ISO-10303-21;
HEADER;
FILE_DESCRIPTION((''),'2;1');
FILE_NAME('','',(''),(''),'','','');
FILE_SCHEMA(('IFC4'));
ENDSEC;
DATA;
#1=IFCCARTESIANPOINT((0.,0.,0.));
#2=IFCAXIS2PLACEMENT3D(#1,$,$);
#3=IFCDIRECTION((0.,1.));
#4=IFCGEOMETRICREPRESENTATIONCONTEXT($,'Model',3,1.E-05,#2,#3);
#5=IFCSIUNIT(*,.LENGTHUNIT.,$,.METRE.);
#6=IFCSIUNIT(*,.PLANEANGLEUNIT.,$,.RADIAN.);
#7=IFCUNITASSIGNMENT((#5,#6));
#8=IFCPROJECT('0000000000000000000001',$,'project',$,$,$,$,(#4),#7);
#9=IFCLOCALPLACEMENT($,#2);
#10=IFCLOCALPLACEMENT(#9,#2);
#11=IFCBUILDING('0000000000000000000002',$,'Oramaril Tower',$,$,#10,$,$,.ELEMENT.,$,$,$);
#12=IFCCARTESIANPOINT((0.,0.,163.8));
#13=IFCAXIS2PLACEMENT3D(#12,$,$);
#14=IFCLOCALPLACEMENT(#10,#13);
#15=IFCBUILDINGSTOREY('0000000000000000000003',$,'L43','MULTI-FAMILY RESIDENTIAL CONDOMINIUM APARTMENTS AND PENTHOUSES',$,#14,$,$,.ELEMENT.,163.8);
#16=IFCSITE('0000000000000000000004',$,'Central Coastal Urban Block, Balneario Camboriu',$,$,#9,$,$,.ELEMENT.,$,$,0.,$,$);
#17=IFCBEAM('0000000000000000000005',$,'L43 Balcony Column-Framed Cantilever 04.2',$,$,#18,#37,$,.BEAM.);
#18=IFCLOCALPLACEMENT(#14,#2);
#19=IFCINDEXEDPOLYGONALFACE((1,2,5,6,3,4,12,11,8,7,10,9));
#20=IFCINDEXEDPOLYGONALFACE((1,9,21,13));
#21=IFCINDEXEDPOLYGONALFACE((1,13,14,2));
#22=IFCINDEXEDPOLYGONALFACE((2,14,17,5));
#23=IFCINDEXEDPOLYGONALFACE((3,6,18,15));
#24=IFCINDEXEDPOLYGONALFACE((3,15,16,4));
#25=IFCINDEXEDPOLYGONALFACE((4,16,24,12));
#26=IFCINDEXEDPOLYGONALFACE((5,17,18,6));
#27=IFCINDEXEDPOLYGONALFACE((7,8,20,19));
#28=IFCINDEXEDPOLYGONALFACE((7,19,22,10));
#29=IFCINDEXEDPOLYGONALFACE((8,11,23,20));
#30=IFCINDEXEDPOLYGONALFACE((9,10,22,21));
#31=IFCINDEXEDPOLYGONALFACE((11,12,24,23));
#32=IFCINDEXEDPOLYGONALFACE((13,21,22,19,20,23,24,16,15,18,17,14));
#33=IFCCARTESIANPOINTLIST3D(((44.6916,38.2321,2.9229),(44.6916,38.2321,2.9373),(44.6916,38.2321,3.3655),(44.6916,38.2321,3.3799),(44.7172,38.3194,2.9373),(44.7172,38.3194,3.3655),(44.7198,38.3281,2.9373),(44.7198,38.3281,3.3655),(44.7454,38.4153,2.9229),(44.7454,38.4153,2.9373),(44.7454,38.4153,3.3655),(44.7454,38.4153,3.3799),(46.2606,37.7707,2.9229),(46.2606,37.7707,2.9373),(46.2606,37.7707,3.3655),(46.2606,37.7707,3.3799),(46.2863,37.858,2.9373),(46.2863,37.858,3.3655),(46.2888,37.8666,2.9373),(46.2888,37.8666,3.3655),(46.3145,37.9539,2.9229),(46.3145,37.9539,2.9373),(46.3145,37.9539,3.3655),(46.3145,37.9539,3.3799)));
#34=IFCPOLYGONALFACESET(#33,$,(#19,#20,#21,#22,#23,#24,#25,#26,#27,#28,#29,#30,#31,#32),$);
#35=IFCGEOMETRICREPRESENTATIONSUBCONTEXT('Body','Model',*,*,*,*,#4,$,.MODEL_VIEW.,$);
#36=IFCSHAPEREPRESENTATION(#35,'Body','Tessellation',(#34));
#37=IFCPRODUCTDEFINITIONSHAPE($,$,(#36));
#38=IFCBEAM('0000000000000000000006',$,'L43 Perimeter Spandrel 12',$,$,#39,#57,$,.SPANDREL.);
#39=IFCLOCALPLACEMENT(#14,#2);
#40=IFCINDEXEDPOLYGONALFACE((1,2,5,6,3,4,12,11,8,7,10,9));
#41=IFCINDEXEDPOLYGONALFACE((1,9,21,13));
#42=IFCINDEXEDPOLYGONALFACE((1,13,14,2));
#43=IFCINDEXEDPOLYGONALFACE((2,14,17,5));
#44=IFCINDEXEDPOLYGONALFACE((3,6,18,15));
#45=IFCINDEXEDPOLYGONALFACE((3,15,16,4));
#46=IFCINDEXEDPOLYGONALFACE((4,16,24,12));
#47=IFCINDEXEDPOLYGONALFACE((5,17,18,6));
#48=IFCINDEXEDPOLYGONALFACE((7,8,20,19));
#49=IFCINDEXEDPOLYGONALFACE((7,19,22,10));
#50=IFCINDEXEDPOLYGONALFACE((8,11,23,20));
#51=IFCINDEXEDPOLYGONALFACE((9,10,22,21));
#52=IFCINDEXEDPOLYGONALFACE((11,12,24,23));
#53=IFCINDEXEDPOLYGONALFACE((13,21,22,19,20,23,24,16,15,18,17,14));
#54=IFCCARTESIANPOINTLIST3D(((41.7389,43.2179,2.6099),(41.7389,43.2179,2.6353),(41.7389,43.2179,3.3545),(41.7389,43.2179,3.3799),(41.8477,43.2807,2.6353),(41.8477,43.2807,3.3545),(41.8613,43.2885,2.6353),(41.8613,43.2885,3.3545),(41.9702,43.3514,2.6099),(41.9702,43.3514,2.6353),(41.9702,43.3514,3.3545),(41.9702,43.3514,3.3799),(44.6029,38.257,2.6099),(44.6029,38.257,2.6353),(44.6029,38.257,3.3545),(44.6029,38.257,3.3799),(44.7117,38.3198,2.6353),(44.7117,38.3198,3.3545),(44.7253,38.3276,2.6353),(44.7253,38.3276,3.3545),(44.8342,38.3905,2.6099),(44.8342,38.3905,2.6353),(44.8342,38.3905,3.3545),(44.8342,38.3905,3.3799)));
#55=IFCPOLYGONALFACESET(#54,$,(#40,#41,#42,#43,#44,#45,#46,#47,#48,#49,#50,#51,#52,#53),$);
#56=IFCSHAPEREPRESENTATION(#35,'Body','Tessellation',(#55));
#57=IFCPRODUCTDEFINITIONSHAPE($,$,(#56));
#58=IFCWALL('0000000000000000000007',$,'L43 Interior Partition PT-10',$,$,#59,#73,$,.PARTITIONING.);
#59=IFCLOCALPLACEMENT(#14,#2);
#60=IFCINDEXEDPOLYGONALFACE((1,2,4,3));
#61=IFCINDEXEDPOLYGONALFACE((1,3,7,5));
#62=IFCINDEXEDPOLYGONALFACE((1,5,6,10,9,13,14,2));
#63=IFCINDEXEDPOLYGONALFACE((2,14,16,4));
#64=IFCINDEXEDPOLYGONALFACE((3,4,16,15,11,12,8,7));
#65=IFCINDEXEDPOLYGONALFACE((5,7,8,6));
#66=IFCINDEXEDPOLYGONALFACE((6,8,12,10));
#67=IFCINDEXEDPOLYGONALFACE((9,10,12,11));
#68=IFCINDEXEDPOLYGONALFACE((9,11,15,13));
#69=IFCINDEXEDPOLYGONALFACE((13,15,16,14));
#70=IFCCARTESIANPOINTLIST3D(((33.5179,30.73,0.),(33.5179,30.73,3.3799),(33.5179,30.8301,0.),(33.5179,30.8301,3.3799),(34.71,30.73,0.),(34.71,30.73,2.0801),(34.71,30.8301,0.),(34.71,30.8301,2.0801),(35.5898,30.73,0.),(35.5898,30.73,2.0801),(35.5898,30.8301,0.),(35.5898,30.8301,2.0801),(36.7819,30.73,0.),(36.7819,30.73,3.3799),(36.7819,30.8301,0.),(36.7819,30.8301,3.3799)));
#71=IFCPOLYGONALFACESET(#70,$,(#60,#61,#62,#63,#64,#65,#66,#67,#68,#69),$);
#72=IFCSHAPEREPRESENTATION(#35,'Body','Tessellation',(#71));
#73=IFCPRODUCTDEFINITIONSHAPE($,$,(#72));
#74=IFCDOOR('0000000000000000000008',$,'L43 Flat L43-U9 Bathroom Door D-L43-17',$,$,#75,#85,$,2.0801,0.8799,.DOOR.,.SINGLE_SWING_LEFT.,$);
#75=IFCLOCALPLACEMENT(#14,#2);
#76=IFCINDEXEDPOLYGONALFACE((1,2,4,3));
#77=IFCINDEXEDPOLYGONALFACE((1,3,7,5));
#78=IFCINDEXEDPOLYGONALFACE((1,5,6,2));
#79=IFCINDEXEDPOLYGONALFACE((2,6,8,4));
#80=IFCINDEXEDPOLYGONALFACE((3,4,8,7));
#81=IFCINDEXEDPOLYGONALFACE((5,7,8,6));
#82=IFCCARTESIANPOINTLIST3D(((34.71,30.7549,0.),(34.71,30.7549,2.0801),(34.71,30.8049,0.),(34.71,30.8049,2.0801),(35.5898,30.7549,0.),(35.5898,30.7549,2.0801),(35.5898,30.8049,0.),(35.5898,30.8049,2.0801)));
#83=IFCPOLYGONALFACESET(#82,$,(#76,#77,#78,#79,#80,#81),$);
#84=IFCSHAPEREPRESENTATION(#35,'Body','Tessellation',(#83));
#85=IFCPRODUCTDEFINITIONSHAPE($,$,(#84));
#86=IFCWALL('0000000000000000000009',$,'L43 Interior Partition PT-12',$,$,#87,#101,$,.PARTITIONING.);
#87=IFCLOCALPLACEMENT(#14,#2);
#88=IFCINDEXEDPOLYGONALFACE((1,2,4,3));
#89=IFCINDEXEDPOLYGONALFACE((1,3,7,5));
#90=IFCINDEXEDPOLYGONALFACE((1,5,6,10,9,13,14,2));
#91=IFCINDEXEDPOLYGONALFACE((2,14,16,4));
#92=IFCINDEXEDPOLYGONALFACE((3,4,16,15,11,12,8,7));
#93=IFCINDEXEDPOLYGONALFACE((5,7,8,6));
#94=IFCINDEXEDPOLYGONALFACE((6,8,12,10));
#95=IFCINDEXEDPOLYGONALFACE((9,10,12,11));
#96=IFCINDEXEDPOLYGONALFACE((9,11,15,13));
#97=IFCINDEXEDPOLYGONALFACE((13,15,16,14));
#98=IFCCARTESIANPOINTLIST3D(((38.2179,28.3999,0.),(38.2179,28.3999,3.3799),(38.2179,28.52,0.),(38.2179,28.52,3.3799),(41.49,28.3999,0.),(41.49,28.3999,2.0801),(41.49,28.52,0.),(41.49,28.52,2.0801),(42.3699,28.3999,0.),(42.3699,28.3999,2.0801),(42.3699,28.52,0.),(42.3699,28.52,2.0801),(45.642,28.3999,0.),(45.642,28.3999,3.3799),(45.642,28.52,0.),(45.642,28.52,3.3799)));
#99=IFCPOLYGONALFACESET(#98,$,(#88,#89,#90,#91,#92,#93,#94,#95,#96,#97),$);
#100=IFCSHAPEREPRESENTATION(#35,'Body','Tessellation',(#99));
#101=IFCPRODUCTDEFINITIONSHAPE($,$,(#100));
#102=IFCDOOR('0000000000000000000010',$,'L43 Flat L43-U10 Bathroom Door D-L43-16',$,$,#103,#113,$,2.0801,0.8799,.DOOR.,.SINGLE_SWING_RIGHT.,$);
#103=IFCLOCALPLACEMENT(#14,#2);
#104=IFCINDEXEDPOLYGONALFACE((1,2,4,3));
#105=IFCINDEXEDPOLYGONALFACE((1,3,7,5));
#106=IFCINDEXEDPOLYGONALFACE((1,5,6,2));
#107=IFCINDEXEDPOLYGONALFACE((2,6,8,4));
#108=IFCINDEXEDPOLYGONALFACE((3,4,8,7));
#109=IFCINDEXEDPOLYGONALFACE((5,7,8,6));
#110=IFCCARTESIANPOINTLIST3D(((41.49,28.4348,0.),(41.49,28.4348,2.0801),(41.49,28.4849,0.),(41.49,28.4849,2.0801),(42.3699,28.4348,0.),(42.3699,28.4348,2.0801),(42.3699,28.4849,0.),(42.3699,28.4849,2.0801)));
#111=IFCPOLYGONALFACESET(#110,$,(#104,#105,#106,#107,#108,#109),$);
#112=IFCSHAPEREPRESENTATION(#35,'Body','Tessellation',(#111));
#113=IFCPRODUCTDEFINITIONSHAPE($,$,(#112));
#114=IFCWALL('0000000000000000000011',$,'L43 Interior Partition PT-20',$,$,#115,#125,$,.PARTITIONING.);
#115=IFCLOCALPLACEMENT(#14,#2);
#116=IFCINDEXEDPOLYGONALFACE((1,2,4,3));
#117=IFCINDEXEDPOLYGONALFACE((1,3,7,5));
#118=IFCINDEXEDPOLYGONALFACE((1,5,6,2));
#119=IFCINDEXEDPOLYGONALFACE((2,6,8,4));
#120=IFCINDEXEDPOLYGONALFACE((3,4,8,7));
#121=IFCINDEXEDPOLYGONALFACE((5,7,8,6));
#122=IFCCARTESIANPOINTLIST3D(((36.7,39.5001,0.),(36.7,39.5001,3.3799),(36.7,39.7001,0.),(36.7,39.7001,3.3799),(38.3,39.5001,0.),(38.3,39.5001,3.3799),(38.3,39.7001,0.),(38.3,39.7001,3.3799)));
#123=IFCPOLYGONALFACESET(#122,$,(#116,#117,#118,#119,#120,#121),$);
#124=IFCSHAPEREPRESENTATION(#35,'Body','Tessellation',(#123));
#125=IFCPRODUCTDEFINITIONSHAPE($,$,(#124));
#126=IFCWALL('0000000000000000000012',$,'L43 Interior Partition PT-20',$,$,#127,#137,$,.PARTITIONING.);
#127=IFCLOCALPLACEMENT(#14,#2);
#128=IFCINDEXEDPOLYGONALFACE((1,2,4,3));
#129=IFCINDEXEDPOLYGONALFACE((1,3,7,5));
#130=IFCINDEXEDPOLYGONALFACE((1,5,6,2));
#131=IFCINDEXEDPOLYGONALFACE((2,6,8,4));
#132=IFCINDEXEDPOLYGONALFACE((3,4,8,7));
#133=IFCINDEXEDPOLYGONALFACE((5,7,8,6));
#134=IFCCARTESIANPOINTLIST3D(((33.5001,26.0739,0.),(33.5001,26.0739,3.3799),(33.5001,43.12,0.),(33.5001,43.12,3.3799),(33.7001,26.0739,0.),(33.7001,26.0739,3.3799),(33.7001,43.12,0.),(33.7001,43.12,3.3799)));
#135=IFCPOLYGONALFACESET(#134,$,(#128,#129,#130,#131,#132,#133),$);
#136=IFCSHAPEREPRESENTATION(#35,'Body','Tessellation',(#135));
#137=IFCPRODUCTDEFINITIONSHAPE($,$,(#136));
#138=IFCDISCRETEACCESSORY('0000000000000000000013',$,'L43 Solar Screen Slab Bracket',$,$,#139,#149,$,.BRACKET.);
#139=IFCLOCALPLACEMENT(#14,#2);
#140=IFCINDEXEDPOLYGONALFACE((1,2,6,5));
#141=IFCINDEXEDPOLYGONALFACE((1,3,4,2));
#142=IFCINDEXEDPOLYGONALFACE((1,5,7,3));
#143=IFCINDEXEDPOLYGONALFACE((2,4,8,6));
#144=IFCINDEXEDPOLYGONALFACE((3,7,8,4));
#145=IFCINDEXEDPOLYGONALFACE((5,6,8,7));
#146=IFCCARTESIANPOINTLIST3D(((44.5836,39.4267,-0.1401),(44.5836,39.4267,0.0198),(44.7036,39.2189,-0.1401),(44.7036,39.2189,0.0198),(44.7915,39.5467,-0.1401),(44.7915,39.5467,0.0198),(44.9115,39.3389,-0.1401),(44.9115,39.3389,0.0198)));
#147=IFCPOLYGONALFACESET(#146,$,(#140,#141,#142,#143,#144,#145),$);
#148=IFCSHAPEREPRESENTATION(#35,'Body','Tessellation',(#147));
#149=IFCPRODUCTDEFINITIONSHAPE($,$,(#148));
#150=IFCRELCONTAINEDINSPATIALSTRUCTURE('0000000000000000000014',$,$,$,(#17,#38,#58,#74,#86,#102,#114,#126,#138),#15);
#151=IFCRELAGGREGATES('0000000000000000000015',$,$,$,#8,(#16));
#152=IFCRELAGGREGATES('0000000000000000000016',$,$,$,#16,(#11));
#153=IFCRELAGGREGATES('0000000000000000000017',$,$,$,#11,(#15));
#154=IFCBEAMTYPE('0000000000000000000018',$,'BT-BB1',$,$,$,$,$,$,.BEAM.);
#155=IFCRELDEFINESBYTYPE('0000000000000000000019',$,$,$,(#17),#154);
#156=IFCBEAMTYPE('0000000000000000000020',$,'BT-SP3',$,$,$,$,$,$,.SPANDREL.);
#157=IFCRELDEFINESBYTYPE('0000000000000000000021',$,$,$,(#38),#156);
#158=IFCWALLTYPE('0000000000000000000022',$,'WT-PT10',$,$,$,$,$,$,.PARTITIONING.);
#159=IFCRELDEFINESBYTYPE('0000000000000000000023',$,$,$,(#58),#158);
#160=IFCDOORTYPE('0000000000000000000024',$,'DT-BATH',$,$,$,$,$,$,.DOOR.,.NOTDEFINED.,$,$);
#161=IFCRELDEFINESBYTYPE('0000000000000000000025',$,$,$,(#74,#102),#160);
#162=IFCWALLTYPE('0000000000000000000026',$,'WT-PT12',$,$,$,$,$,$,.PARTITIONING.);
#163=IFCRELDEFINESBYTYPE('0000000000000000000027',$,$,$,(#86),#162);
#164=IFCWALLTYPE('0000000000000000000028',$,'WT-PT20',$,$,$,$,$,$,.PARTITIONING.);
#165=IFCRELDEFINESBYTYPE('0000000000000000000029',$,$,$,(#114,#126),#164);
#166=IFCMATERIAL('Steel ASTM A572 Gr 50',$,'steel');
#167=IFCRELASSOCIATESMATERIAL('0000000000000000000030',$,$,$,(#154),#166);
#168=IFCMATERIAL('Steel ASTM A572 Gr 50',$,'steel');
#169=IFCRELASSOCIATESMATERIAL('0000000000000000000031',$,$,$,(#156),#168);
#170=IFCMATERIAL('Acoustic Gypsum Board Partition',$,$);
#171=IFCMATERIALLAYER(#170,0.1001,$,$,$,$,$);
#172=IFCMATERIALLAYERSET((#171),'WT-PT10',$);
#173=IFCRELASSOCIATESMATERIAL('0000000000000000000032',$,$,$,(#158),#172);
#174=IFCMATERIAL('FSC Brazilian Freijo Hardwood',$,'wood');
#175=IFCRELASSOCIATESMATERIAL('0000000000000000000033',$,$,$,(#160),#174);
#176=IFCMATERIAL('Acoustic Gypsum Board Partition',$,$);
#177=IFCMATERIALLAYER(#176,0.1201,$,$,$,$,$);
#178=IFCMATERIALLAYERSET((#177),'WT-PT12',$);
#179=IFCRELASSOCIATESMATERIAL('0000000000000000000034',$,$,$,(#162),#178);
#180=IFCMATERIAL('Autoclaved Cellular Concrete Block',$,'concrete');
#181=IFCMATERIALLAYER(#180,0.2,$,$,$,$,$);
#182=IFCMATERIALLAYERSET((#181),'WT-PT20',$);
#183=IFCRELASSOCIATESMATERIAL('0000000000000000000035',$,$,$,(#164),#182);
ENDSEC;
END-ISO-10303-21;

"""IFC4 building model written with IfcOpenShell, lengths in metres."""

from ifc_helpers import new_model, si_unit, direction, frame, frame_2d, origin, origin_2d, place, context, subcontext, project, spatial, rectangle, i_section, extrude, material, layer, layer_set, material_profile, profile_set, type_object, element, fill, save


model = new_model("IFC4")

# Units and contexts
model_context = context("Model", 3, precision=1e-05, world=origin(), true_north=direction((0.0, 1.0)))
body_context = subcontext(model_context, "Body", "Model", "MODEL_VIEW")
ifc_project = project(units=[si_unit("LENGTHUNIT", "METRE"), si_unit("PLANEANGLEUNIT", "RADIAN")], contexts=[model_context])

# Site, building, storey
site_placement = place(None, origin())
site = spatial("IfcSite", under=ifc_project, at=site_placement, Name="Central Coastal Urban Block, Balneario Camboriu", CompositionType="ELEMENT", RefElevation=0.0)
building_placement = place(site_placement, origin())
building = spatial("IfcBuilding", under=site, at=building_placement, Name="Oramaril Tower", CompositionType="ELEMENT")
storey_placement = place(building_placement, frame((0.0, 0.0, 163.8)))
storey = spatial("IfcBuildingStorey", under=building, at=storey_placement, Name="L43", Description="MULTI-FAMILY RESIDENTIAL CONDOMINIUM APARTMENTS AND PENTHOUSES", CompositionType="ELEMENT", Elevation=163.8)

# Beams
ifc_material_1 = material(Name="Steel ASTM A572 Gr 50", Category="steel")
ifc_material_profile_1 = material_profile(ifc_material_1, i_section(OverallWidth=0.1909, OverallDepth=0.457, WebThickness=0.009, FlangeThickness=0.0144, at=origin_2d()), Name="W18X50")
ifc_profile_set_1 = profile_set([ifc_material_profile_1], Name="Steel ASTM A572 Gr 50")
beam_type_1 = type_object("IfcBeamType", Name="BT-BB1", PredefinedType="BEAM", material=ifc_profile_set_1)
beam_1_placement = place(storey_placement, frame((44.7185, 38.3237, 3.1514), z_axis=(0.959377, -0.282126, 0.0), x_axis=(0.282126, 0.959377, 0.0)))
element("IfcBeam", 1, at=beam_1_placement, inside=storey, type_object=beam_type_1, Name="L43 Balcony Column-Framed Cantilever 04.2", PredefinedType="BEAM", context=body_context, shape_type="SweptSolid", body=[
    extrude(i_section(OverallWidth=0.1909, OverallDepth=0.457, WebThickness=0.009, FlangeThickness=0.0144, at=origin_2d()), origin(), (0.0, 0.0, 1.0), 1.6355),
])
ifc_material_2 = material(Name="Steel ASTM A572 Gr 50", Category="steel")
ifc_material_profile_2 = material_profile(ifc_material_2, i_section(OverallWidth=0.2671, OverallDepth=0.77, WebThickness=0.0156, FlangeThickness=0.0254, at=origin_2d()), Name="W30X132")
ifc_profile_set_2 = profile_set([ifc_material_profile_2], Name="Steel ASTM A572 Gr 50")
beam_type_2 = type_object("IfcBeamType", Name="BT-SP3", PredefinedType="SPANDREL", material=ifc_profile_set_2)
beam_2_placement = place(storey_placement, frame((44.7185, 38.3237, 2.9949), z_axis=(-0.499976, 0.866039, 0.0), x_axis=(-0.866039, -0.499976, 0.0)))
element("IfcBeam", 2, at=beam_2_placement, inside=storey, type_object=beam_type_2, Name="L43 Perimeter Spandrel 12", PredefinedType="SPANDREL", context=body_context, shape_type="SweptSolid", body=[
    extrude(i_section(OverallWidth=0.2671, OverallDepth=0.77, WebThickness=0.0156, FlangeThickness=0.0254, at=origin_2d()), origin(), (0.0, 0.0, 1.0), 5.7283),
])

# Walls, openings, doors
ifc_material_3 = material(Name="Acoustic Gypsum Board Partition")
ifc_layer_1 = layer(ifc_material_3, 0.1001)
ifc_layer_set_1 = layer_set([ifc_layer_1], Name="WT-PT10")
wall_type_1 = type_object("IfcWallType", Name="WT-PT10", PredefinedType="PARTITIONING", material=ifc_layer_set_1)
wall_1_placement = place(storey_placement, frame((33.5181, 30.78, 0.0), z_axis=(0.0, 0.0, 1.0), x_axis=(1.0, 0.0, 0.0)))
wall_1 = element("IfcWall", 3, at=wall_1_placement, inside=storey, type_object=wall_type_1, Name="L43 Interior Partition PT-10", PredefinedType="PARTITIONING", context=body_context, shape_type="SweptSolid", body=[
    extrude(rectangle(XDim=3.2639, YDim=0.1001, at=frame_2d((1.6318, 0.0))), origin(), (0.0, 0.0, 1.0), 3.3799),
])
opening_1_placement = place(wall_1_placement, frame((1.1919, 0.0, 0.0)))
opening_1 = element("IfcOpeningElement", 4, at=opening_1_placement, cuts=wall_1, PredefinedType="OPENING", context=body_context, shape_type="SweptSolid", body=[
    extrude(rectangle(XDim=0.8799, YDim=2.0801, at=frame_2d((0.4399, 1.04))), frame((0.0, 0.05, 0.0), z_axis=(0.0, -1.0, 0.0), x_axis=(1.0, 0.0, 0.0)), (0.0, 0.0, 1.0), 0.1001),
])
ifc_material_4 = material(Name="FSC Brazilian Freijo Hardwood", Category="wood")
door_type_1 = type_object("IfcDoorType", Name="DT-BATH", OperationType="NOTDEFINED", PredefinedType="DOOR", material=ifc_material_4)
door_1_placement = place(opening_1_placement, origin())
door_1 = element("IfcDoor", 5, at=door_1_placement, inside=storey, type_object=door_type_1, Name="L43 Flat L43-U9 Bathroom Door D-L43-17", OperationType="SINGLE_SWING_LEFT", OverallHeight=2.0801, OverallWidth=0.8799, PredefinedType="DOOR", context=body_context, shape_type="SweptSolid", body=[
    extrude(rectangle(XDim=0.8799, YDim=2.0801, at=frame_2d((0.4399, 1.04))), frame((0.0, 0.0249, 0.0), z_axis=(0.0, -1.0, 0.0), x_axis=(1.0, 0.0, 0.0)), (0.0, 0.0, 1.0), 0.05),
])
fill(opening_1, door_1)
ifc_material_5 = material(Name="Acoustic Gypsum Board Partition")
ifc_layer_2 = layer(ifc_material_5, 0.1201)
ifc_layer_set_2 = layer_set([ifc_layer_2], Name="WT-PT12")
wall_type_2 = type_object("IfcWallType", Name="WT-PT12", PredefinedType="PARTITIONING", material=ifc_layer_set_2)
wall_2_placement = place(storey_placement, frame((38.218, 28.46, 0.0), z_axis=(0.0, 0.0, 1.0), x_axis=(1.0, 0.0, 0.0)))
wall_2 = element("IfcWall", 6, at=wall_2_placement, inside=storey, type_object=wall_type_2, Name="L43 Interior Partition PT-12", PredefinedType="PARTITIONING", context=body_context, shape_type="SweptSolid", body=[
    extrude(rectangle(XDim=7.4241, YDim=0.1201, at=frame_2d((3.7119, 0.0))), origin(), (0.0, 0.0, 1.0), 3.3799),
])
opening_2_placement = place(wall_2_placement, frame((3.272, 0.0, 0.0)))
opening_2 = element("IfcOpeningElement", 7, at=opening_2_placement, cuts=wall_2, PredefinedType="OPENING", context=body_context, shape_type="SweptSolid", body=[
    extrude(rectangle(XDim=0.8799, YDim=2.0801, at=frame_2d((0.4399, 1.04))), frame((0.0, 0.0601, 0.0), z_axis=(0.0, -1.0, 0.0), x_axis=(1.0, 0.0, 0.0)), (0.0, 0.0, 1.0), 0.1201),
])
door_2_placement = place(opening_2_placement, origin())
door_2 = element("IfcDoor", 8, at=door_2_placement, inside=storey, type_object=door_type_1, Name="L43 Flat L43-U10 Bathroom Door D-L43-16", OperationType="SINGLE_SWING_RIGHT", OverallHeight=2.0801, OverallWidth=0.8799, PredefinedType="DOOR", context=body_context, shape_type="SweptSolid", body=[
    extrude(rectangle(XDim=0.8799, YDim=2.0801, at=frame_2d((0.4399, 1.04))), frame((0.0, 0.0249, 0.0), z_axis=(0.0, -1.0, 0.0), x_axis=(1.0, 0.0, 0.0)), (0.0, 0.0, 1.0), 0.05),
])
fill(opening_2, door_2)

# Walls
ifc_material_6 = material(Name="Autoclaved Cellular Concrete Block", Category="concrete")
ifc_layer_3 = layer(ifc_material_6, 0.2)
ifc_layer_set_3 = layer_set([ifc_layer_3], Name="WT-PT20")
wall_type_3 = type_object("IfcWallType", Name="WT-PT20", PredefinedType="PARTITIONING", material=ifc_layer_set_3)
wall_3_placement = place(storey_placement, frame((36.7, 39.6001, 0.0), z_axis=(0.0, 0.0, 1.0), x_axis=(1.0, 0.0, 0.0)))
element("IfcWall", 9, at=wall_3_placement, inside=storey, type_object=wall_type_3, Name="L43 Interior Partition PT-20", PredefinedType="PARTITIONING", context=body_context, shape_type="SweptSolid", body=[
    extrude(rectangle(XDim=1.6001, YDim=0.2, at=frame_2d((0.8, 0.0))), origin(), (0.0, 0.0, 1.0), 3.3799),
])
wall_4_placement = place(storey_placement, frame((33.6001, 26.074, 0.0), z_axis=(0.0, 0.0, 1.0), x_axis=(0.0, 1.0, 0.0)))
element("IfcWall", 10, at=wall_4_placement, inside=storey, type_object=wall_type_3, Name="L43 Interior Partition PT-20", PredefinedType="PARTITIONING", context=body_context, shape_type="SweptSolid", body=[
    extrude(rectangle(XDim=17.0461, YDim=0.2, at=frame_2d((8.5229, 0.0))), origin(), (0.0, 0.0, 1.0), 3.3799),
])

# Discrete accessory
discrete_accessory_placement = place(storey_placement, frame((44.7476, 39.3828, -0.1401), z_axis=(0.0, 0.0, 1.0), x_axis=(-0.5, 0.866025, 0.0)))
element("IfcDiscreteAccessory", 11, at=discrete_accessory_placement, inside=storey, Name="L43 Solar Screen Slab Bracket", PredefinedType="BRACKET", context=body_context, shape_type="SweptSolid", body=[
    extrude(rectangle(XDim=0.24, YDim=0.24, at=origin_2d()), origin(), (0.0, 0.0, 1.0), 0.1599),
])

save(model, "model.ifc")
